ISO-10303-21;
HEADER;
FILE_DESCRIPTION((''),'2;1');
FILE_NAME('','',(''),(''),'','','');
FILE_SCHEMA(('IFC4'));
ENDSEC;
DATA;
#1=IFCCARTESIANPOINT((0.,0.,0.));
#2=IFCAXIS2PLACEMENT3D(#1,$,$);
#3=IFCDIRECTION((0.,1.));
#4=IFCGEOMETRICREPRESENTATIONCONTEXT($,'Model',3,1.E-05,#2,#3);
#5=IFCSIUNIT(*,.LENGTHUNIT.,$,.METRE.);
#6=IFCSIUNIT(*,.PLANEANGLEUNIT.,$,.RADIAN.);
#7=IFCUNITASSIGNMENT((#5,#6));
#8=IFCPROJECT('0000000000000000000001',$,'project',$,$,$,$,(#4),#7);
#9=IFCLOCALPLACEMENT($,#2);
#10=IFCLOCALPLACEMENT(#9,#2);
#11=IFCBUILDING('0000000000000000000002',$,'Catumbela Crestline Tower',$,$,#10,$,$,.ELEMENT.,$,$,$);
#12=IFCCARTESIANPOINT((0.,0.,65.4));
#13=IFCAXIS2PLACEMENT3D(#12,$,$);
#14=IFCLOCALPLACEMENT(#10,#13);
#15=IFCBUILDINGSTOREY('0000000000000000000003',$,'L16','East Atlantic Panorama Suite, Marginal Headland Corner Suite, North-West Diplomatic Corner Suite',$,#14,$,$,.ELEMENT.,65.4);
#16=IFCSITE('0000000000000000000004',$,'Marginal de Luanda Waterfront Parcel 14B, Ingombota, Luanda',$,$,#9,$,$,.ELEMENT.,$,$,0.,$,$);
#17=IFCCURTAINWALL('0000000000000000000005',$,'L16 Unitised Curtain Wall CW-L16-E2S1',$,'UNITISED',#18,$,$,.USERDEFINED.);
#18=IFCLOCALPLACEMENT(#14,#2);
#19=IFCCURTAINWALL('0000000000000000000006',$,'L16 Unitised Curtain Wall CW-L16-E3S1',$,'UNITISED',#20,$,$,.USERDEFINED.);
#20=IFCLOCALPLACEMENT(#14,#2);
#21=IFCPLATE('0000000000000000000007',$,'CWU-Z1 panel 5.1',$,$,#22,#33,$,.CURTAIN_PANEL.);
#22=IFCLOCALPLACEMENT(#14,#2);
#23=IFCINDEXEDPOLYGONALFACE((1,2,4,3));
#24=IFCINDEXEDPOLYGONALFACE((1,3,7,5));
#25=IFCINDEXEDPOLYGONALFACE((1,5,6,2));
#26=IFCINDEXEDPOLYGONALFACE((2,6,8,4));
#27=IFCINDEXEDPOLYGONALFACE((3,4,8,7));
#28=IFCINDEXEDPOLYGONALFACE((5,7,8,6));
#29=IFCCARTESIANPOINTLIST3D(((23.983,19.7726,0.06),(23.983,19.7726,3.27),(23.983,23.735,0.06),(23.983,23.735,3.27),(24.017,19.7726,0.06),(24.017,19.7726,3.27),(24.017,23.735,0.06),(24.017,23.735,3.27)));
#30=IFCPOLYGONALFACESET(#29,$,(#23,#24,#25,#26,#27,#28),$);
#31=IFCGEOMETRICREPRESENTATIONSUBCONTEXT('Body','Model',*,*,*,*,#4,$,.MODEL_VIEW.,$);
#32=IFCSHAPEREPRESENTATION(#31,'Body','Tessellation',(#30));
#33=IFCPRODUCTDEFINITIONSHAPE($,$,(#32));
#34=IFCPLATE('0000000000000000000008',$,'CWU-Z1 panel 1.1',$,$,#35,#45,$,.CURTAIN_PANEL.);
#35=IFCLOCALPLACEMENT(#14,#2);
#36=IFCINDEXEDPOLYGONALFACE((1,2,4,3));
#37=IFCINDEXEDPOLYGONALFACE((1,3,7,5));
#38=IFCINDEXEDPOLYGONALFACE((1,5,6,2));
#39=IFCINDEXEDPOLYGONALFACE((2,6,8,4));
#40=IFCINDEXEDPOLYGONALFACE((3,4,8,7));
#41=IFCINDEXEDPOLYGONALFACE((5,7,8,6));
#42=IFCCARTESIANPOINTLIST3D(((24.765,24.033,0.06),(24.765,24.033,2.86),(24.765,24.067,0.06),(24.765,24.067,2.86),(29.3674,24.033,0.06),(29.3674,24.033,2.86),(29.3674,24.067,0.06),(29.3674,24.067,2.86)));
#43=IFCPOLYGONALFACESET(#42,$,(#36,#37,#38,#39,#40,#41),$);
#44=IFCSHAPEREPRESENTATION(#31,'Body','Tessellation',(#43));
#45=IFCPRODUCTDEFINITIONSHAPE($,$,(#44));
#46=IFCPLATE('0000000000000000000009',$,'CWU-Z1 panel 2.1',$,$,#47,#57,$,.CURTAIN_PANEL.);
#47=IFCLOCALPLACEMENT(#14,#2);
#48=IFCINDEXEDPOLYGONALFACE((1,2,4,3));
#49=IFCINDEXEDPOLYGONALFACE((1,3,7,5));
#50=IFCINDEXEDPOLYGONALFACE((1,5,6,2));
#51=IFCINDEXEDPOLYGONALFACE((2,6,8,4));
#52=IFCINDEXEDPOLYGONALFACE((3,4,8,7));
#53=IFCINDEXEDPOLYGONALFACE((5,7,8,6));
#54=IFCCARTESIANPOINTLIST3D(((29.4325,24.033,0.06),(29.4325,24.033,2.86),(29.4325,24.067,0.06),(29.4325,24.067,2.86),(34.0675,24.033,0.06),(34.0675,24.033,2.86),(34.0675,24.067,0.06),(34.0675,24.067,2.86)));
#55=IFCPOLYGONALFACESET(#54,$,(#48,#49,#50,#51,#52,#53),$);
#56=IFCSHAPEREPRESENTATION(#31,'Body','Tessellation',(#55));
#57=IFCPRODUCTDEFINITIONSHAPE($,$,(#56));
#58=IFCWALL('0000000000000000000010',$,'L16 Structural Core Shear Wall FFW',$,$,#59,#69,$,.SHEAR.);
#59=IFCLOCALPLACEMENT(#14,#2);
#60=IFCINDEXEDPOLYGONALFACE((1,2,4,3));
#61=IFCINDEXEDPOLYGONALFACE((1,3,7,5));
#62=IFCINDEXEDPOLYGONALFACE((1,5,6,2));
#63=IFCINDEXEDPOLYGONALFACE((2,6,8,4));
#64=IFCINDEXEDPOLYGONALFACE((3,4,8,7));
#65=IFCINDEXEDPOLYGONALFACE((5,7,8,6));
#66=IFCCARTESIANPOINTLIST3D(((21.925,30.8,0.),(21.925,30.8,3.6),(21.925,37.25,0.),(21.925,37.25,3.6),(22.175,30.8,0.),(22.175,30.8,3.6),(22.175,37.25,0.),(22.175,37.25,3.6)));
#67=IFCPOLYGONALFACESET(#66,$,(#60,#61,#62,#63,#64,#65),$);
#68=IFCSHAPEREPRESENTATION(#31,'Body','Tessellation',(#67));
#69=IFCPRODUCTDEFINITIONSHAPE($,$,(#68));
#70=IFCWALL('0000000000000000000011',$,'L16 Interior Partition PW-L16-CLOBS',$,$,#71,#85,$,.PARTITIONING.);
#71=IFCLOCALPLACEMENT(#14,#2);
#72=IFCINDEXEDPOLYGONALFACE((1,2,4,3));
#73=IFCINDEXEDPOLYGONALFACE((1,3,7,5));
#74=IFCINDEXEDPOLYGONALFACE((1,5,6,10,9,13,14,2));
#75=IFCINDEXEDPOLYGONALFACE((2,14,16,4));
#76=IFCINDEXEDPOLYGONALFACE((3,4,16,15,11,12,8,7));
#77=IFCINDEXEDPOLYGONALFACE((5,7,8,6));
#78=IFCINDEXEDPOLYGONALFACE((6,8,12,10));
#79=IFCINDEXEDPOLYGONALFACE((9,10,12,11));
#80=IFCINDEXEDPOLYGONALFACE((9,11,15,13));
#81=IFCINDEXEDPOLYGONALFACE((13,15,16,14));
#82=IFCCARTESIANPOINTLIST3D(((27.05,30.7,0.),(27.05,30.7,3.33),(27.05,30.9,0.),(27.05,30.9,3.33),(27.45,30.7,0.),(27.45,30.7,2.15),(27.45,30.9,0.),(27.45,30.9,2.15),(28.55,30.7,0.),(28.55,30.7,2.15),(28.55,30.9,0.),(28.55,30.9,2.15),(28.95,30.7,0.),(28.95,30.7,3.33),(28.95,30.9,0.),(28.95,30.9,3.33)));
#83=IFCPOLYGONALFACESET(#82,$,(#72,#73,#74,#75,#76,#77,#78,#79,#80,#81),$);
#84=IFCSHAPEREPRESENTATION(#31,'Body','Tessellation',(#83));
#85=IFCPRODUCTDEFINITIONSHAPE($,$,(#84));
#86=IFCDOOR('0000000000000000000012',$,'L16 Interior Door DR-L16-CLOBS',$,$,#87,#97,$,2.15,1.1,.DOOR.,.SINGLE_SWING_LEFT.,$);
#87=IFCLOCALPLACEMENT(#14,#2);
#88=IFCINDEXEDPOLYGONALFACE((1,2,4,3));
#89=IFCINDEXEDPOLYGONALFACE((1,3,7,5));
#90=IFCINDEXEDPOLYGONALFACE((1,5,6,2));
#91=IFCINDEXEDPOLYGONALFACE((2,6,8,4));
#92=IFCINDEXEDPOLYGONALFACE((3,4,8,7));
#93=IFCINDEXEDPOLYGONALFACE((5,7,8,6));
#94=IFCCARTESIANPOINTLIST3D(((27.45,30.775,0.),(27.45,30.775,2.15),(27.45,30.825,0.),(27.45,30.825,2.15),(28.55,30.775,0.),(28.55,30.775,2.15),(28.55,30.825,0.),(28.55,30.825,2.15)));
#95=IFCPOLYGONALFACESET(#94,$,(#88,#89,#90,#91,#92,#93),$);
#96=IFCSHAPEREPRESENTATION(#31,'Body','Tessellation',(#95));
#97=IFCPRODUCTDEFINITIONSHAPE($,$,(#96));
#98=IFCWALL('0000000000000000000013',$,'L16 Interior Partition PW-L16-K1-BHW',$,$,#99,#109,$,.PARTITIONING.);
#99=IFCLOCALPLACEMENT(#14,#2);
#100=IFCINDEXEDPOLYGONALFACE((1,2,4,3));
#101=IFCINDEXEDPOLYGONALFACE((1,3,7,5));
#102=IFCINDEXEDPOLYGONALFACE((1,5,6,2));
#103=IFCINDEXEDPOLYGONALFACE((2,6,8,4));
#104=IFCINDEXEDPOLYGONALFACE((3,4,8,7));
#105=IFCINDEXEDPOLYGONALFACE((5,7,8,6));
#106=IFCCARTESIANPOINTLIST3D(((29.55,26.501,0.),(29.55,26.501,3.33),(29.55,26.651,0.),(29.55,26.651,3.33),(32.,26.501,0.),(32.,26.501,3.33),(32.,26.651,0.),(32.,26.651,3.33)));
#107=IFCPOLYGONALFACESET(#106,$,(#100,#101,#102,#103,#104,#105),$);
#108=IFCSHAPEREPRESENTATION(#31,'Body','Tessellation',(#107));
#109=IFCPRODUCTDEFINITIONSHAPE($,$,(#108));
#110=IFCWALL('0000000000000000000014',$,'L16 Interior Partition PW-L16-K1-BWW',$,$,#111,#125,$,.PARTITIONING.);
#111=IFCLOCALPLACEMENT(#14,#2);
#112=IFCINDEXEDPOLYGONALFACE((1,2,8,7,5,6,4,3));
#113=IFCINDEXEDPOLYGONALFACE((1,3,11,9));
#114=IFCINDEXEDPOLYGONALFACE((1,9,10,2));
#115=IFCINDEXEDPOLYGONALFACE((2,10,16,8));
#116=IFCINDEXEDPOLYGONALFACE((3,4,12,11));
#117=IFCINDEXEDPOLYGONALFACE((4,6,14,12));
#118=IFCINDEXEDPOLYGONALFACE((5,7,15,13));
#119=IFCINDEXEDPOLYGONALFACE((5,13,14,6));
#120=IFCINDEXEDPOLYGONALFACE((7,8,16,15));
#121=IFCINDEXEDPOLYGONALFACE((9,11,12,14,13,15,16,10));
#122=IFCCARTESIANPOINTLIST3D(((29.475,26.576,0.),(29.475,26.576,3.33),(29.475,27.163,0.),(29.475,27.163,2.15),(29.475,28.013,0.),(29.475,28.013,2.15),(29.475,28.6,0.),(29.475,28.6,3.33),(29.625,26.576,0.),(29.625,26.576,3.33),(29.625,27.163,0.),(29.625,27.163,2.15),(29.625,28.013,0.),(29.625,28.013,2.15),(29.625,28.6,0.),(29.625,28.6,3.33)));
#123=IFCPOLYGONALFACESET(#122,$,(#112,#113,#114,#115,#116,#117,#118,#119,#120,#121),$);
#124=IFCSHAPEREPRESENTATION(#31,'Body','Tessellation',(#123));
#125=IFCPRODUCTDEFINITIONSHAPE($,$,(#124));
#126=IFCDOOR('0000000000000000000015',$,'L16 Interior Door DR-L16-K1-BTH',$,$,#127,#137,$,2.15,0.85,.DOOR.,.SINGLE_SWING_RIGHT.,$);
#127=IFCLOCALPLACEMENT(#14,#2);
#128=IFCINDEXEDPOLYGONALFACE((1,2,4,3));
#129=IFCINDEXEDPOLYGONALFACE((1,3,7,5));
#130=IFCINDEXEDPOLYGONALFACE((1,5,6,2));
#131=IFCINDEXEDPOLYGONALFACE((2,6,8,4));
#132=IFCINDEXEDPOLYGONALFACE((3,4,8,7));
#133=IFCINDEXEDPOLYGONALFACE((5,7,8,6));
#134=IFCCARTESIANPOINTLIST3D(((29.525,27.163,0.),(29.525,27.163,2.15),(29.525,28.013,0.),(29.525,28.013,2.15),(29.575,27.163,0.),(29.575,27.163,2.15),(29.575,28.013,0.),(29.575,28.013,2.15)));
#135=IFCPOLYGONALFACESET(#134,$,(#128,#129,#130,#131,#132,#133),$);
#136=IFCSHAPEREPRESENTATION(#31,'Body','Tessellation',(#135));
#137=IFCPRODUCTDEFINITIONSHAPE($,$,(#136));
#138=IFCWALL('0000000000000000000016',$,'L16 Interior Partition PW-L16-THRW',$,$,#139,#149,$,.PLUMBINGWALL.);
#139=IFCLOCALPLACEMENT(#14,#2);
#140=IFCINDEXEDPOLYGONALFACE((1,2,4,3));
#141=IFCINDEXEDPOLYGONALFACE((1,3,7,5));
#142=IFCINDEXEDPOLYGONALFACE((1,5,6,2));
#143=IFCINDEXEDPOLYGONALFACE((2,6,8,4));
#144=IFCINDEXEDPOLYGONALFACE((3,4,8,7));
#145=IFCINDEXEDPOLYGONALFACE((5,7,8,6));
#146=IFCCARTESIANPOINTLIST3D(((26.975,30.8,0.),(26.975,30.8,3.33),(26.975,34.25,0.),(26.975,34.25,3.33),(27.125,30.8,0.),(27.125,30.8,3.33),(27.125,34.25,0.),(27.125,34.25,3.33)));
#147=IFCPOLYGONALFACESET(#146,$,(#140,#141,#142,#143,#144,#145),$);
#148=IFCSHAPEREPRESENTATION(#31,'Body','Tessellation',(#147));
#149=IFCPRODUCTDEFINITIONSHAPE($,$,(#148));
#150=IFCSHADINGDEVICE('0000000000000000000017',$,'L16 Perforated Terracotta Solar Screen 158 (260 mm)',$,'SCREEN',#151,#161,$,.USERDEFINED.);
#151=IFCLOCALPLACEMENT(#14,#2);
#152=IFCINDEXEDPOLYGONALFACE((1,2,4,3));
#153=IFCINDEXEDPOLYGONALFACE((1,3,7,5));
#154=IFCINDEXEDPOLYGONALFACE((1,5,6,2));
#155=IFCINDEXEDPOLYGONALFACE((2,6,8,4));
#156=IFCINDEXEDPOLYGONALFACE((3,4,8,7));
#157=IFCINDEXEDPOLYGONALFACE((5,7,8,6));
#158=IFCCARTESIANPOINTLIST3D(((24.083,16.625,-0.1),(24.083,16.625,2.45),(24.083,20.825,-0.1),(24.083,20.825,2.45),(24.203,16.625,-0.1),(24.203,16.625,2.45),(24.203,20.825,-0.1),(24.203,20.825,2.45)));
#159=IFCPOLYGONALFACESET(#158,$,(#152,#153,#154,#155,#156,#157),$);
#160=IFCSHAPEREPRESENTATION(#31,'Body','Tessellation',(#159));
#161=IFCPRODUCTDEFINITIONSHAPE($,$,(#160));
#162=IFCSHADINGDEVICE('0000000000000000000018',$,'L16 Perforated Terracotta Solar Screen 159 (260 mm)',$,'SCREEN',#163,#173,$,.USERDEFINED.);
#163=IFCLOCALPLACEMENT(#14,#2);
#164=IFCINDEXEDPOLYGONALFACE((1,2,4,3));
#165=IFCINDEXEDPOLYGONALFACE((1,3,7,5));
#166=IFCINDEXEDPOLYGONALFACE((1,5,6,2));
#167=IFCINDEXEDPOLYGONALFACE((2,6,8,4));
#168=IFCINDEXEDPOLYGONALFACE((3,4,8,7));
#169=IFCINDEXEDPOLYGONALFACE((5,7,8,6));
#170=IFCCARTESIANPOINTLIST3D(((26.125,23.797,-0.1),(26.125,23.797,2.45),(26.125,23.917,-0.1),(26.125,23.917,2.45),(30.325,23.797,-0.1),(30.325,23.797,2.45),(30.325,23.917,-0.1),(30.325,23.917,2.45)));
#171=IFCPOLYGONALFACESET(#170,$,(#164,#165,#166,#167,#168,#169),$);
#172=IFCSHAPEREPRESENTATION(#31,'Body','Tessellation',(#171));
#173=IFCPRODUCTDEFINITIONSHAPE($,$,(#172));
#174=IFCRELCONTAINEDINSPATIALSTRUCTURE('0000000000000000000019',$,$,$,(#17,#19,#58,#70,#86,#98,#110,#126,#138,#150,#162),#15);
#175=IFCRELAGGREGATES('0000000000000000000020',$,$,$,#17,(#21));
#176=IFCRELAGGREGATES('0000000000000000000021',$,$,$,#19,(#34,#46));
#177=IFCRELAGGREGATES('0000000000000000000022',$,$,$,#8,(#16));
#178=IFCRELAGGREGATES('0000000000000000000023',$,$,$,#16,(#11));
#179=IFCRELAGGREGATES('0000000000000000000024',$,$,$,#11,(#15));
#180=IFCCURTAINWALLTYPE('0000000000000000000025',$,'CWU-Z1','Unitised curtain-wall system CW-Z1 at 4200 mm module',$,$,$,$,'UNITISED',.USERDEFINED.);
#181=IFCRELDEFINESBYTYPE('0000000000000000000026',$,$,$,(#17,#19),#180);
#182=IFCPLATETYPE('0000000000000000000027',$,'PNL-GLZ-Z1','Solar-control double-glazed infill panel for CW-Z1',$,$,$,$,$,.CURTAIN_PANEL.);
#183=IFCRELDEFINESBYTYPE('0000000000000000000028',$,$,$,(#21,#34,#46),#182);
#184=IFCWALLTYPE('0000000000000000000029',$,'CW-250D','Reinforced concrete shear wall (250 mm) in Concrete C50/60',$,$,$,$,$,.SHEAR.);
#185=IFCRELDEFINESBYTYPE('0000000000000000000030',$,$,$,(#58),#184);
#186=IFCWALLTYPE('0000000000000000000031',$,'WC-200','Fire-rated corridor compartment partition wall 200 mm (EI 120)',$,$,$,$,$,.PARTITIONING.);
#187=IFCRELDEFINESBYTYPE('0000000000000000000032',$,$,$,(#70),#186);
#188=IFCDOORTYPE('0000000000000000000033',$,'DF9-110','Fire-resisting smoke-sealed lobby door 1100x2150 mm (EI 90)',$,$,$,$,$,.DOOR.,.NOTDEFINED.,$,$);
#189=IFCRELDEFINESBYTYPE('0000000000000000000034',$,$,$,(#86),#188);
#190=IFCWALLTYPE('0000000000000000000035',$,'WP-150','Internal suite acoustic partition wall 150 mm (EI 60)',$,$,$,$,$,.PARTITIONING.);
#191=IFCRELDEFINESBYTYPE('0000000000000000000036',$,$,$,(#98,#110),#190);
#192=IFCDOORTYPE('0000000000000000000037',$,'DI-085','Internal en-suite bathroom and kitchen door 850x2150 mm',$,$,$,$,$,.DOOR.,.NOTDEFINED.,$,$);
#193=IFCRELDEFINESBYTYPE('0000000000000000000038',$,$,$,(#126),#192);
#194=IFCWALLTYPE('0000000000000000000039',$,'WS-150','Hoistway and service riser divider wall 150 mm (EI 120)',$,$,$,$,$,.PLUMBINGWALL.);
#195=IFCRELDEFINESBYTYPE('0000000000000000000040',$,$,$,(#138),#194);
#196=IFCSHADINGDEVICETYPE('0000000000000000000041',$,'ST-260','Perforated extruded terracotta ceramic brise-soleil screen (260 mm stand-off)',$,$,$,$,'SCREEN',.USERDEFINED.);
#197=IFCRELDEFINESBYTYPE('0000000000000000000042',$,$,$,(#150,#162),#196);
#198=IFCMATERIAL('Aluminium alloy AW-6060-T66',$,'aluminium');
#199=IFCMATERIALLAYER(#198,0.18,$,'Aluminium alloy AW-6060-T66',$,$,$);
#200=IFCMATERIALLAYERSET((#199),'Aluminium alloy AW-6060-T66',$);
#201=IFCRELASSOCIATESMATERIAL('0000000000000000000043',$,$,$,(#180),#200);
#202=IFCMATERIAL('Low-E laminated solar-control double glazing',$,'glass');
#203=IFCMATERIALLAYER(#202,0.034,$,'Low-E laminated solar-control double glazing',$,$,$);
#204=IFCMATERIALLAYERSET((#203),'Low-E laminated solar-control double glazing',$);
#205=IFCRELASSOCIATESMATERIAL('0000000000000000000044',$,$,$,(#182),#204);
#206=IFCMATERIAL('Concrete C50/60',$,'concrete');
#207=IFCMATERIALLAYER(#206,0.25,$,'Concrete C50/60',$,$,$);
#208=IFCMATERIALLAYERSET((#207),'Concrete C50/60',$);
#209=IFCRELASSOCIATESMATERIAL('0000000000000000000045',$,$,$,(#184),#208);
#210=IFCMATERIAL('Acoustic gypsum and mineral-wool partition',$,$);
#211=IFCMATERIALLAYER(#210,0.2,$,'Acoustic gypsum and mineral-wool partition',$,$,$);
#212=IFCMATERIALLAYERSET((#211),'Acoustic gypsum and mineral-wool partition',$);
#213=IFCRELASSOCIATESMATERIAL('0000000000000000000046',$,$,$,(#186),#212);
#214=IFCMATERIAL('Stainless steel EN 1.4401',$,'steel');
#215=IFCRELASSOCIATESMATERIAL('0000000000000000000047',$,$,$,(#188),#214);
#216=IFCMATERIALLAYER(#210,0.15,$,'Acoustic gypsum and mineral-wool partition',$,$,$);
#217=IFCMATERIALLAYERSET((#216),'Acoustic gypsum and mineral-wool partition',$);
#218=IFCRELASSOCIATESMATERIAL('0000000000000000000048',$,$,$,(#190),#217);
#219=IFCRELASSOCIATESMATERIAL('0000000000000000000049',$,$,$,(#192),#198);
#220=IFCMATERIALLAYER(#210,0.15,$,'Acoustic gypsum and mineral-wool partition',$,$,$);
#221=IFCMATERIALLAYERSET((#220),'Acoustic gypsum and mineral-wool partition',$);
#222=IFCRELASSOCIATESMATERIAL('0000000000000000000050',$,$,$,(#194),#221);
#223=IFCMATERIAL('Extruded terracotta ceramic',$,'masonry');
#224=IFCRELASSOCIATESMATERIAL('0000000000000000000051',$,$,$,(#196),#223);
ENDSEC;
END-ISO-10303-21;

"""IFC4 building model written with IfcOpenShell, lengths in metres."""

from ifc_helpers import new_model, si_unit, direction, frame, frame_2d, origin, origin_2d, place, context, subcontext, project, spatial, rectangle, extrude, material, layer, layer_set, type_object, element, fill, aggregate, save


model = new_model("IFC4")

# Units and contexts
model_context = context("Model", 3, precision=1e-05, world=origin(), true_north=direction((0.0, 1.0)))
body_context = subcontext(model_context, "Body", "Model", "MODEL_VIEW")
ifc_project = project(units=[si_unit("LENGTHUNIT", "METRE"), si_unit("PLANEANGLEUNIT", "RADIAN")], contexts=[model_context])

# Site, building, storey
site_placement = place(None, origin())
site = spatial("IfcSite", under=ifc_project, at=site_placement, Name="Marginal de Luanda Waterfront Parcel 14B, Ingombota, Luanda", CompositionType="ELEMENT", RefElevation=0.0)
building_placement = place(site_placement, origin())
building = spatial("IfcBuilding", under=site, at=building_placement, Name="Catumbela Crestline Tower", CompositionType="ELEMENT")
storey_placement = place(building_placement, frame((0.0, 0.0, 65.4)))
storey = spatial("IfcBuildingStorey", under=building, at=storey_placement, Name="L16", Description="East Atlantic Panorama Suite, Marginal Headland Corner Suite, North-West Diplomatic Corner Suite", CompositionType="ELEMENT", Elevation=65.4)

# Curtain walls
ifc_material_1 = material(Name="Aluminium alloy AW-6060-T66", Category="aluminium")
ifc_layer_1 = layer(ifc_material_1, 0.18, Name="Aluminium alloy AW-6060-T66")
ifc_layer_set_1 = layer_set([ifc_layer_1], Name="Aluminium alloy AW-6060-T66")
curtain_wall_type = type_object("IfcCurtainWallType", Name="CWU-Z1", Description="Unitised curtain-wall system CW-Z1 at 4200 mm module", ElementType="UNITISED", PredefinedType="USERDEFINED", material=ifc_layer_set_1)
curtain_wall_1_placement = place(storey_placement, origin())
curtain_wall_1 = element("IfcCurtainWall", 1, at=curtain_wall_1_placement, inside=storey, type_object=curtain_wall_type, Name="L16 Unitised Curtain Wall CW-L16-E2S1", ObjectType="UNITISED", PredefinedType="USERDEFINED")
curtain_wall_2_placement = place(storey_placement, origin())
curtain_wall_2 = element("IfcCurtainWall", 2, at=curtain_wall_2_placement, inside=storey, type_object=curtain_wall_type, Name="L16 Unitised Curtain Wall CW-L16-E3S1", ObjectType="UNITISED", PredefinedType="USERDEFINED")

# Plates
ifc_material_2 = material(Name="Low-E laminated solar-control double glazing", Category="glass")
ifc_layer_2 = layer(ifc_material_2, 0.034, Name="Low-E laminated solar-control double glazing")
ifc_layer_set_2 = layer_set([ifc_layer_2], Name="Low-E laminated solar-control double glazing")
plate_type = type_object("IfcPlateType", Name="PNL-GLZ-Z1", Description="Solar-control double-glazed infill panel for CW-Z1", PredefinedType="CURTAIN_PANEL", material=ifc_layer_set_2)
plate_1_placement = place(storey_placement, frame((24.0, 21.7538, 0.06), z_axis=(0.0, 0.0, 1.0), x_axis=(0.0, 1.0, 0.0)))
plate_1 = element("IfcPlate", 3, at=plate_1_placement, type_object=plate_type, Name="CWU-Z1 panel 5.1", PredefinedType="CURTAIN_PANEL", context=body_context, shape_type="SweptSolid", body=[
    extrude(rectangle(XDim=3.9625, YDim=0.034, at=origin_2d()), origin(), (0.0, 0.0, 1.0), 3.21),
])
aggregate(curtain_wall_1, [plate_1])
plate_2_placement = place(storey_placement, frame((27.0662, 24.05, 0.06), z_axis=(0.0, 0.0, 1.0), x_axis=(1.0, 0.0, 0.0)))
plate_2 = element("IfcPlate", 4, at=plate_2_placement, type_object=plate_type, Name="CWU-Z1 panel 1.1", PredefinedType="CURTAIN_PANEL", context=body_context, shape_type="SweptSolid", body=[
    extrude(rectangle(XDim=4.6025, YDim=0.034, at=origin_2d()), origin(), (0.0, 0.0, 1.0), 2.8),
])
plate_3_placement = place(storey_placement, frame((31.75, 24.05, 0.06), z_axis=(0.0, 0.0, 1.0), x_axis=(1.0, 0.0, 0.0)))
plate_3 = element("IfcPlate", 5, at=plate_3_placement, type_object=plate_type, Name="CWU-Z1 panel 2.1", PredefinedType="CURTAIN_PANEL", context=body_context, shape_type="SweptSolid", body=[
    extrude(rectangle(XDim=4.635, YDim=0.034, at=origin_2d()), origin(), (0.0, 0.0, 1.0), 2.8),
])
aggregate(curtain_wall_2, [plate_2, plate_3])

# Wall
ifc_material_3 = material(Name="Concrete C50/60", Category="concrete")
ifc_layer_3 = layer(ifc_material_3, 0.25, Name="Concrete C50/60")
ifc_layer_set_3 = layer_set([ifc_layer_3], Name="Concrete C50/60")
wall_type_1 = type_object("IfcWallType", Name="CW-250D", Description="Reinforced concrete shear wall (250 mm) in Concrete C50/60", PredefinedType="SHEAR", material=ifc_layer_set_3)
wall_1_placement = place(storey_placement, frame((22.05, 30.8, 0.0), z_axis=(0.0, 0.0, 1.0), x_axis=(0.0, 1.0, 0.0)))
element("IfcWall", 6, at=wall_1_placement, inside=storey, type_object=wall_type_1, Name="L16 Structural Core Shear Wall FFW", PredefinedType="SHEAR", context=body_context, shape_type="SweptSolid", body=[
    extrude(rectangle(XDim=6.45, YDim=0.25, at=frame_2d((3.225, 0.0))), origin(), (0.0, 0.0, 1.0), 3.6),
])

# Wall, opening, door
ifc_material_4 = material(Name="Acoustic gypsum and mineral-wool partition")
ifc_layer_4 = layer(ifc_material_4, 0.2, Name="Acoustic gypsum and mineral-wool partition")
ifc_layer_set_4 = layer_set([ifc_layer_4], Name="Acoustic gypsum and mineral-wool partition")
wall_type_2 = type_object("IfcWallType", Name="WC-200", Description="Fire-rated corridor compartment partition wall 200 mm (EI 120)", PredefinedType="PARTITIONING", material=ifc_layer_set_4)
wall_2_placement = place(storey_placement, frame((27.05, 30.8, 0.0), z_axis=(0.0, 0.0, 1.0), x_axis=(1.0, 0.0, 0.0)))
wall_2 = element("IfcWall", 7, at=wall_2_placement, inside=storey, type_object=wall_type_2, Name="L16 Interior Partition PW-L16-CLOBS", PredefinedType="PARTITIONING", context=body_context, shape_type="SweptSolid", body=[
    extrude(rectangle(XDim=1.9, YDim=0.2, at=frame_2d((0.95, 0.0))), origin(), (0.0, 0.0, 1.0), 3.33),
])
opening_1_placement = place(wall_2_placement, frame((0.4, 0.0, 0.0)))
opening_1 = element("IfcOpeningElement", 8, at=opening_1_placement, cuts=wall_2, PredefinedType="OPENING", context=body_context, shape_type="SweptSolid", body=[
    extrude(rectangle(XDim=1.1, YDim=2.15, at=frame_2d((0.55, 1.075))), frame((0.0, 0.11, 0.0), z_axis=(0.0, -1.0, 0.0), x_axis=(1.0, 0.0, 0.0)), (0.0, 0.0, 1.0), 0.22),
])
ifc_material_5 = material(Name="Stainless steel EN 1.4401", Category="steel")
door_type_1 = type_object("IfcDoorType", Name="DF9-110", Description="Fire-resisting smoke-sealed lobby door 1100x2150 mm (EI 90)", OperationType="NOTDEFINED", PredefinedType="DOOR", material=ifc_material_5)
door_1_placement = place(opening_1_placement, origin())
door_1 = element("IfcDoor", 9, at=door_1_placement, inside=storey, type_object=door_type_1, Name="L16 Interior Door DR-L16-CLOBS", OperationType="SINGLE_SWING_LEFT", OverallHeight=2.15, OverallWidth=1.1, PredefinedType="DOOR", context=body_context, shape_type="SweptSolid", body=[
    extrude(rectangle(XDim=1.1, YDim=2.15, at=frame_2d((0.55, 1.075))), frame((0.0, 0.025, 0.0), z_axis=(0.0, -1.0, 0.0), x_axis=(1.0, 0.0, 0.0)), (0.0, 0.0, 1.0), 0.05),
])
fill(opening_1, door_1)

# Wall
ifc_layer_5 = layer(ifc_material_4, 0.15, Name="Acoustic gypsum and mineral-wool partition")
ifc_layer_set_5 = layer_set([ifc_layer_5], Name="Acoustic gypsum and mineral-wool partition")
wall_type_3 = type_object("IfcWallType", Name="WP-150", Description="Internal suite acoustic partition wall 150 mm (EI 60)", PredefinedType="PARTITIONING", material=ifc_layer_set_5)
wall_3_placement = place(storey_placement, frame((29.55, 26.576, 0.0), z_axis=(0.0, 0.0, 1.0), x_axis=(1.0, 0.0, 0.0)))
element("IfcWall", 10, at=wall_3_placement, inside=storey, type_object=wall_type_3, Name="L16 Interior Partition PW-L16-K1-BHW", PredefinedType="PARTITIONING", context=body_context, shape_type="SweptSolid", body=[
    extrude(rectangle(XDim=2.45, YDim=0.15, at=frame_2d((1.225, 0.0))), origin(), (0.0, 0.0, 1.0), 3.33),
])

# Wall, opening, door
wall_4_placement = place(storey_placement, frame((29.55, 26.576, 0.0), z_axis=(0.0, 0.0, 1.0), x_axis=(0.0, 1.0, 0.0)))
wall_4 = element("IfcWall", 11, at=wall_4_placement, inside=storey, type_object=wall_type_3, Name="L16 Interior Partition PW-L16-K1-BWW", PredefinedType="PARTITIONING", context=body_context, shape_type="SweptSolid", body=[
    extrude(rectangle(XDim=2.024, YDim=0.15, at=frame_2d((1.012, 0.0))), origin(), (0.0, 0.0, 1.0), 3.33),
])
opening_2_placement = place(wall_4_placement, frame((0.587, 0.0, 0.0)))
opening_2 = element("IfcOpeningElement", 12, at=opening_2_placement, cuts=wall_4, PredefinedType="OPENING", context=body_context, shape_type="SweptSolid", body=[
    extrude(rectangle(XDim=0.85, YDim=2.15, at=frame_2d((0.425, 1.075))), frame((0.0, 0.085, 0.0), z_axis=(0.0, -1.0, 0.0), x_axis=(1.0, 0.0, 0.0)), (0.0, 0.0, 1.0), 0.17),
])
door_type_2 = type_object("IfcDoorType", Name="DI-085", Description="Internal en-suite bathroom and kitchen door 850x2150 mm", OperationType="NOTDEFINED", PredefinedType="DOOR", material=ifc_material_1)
door_2_placement = place(opening_2_placement, origin())
door_2 = element("IfcDoor", 13, at=door_2_placement, inside=storey, type_object=door_type_2, Name="L16 Interior Door DR-L16-K1-BTH", OperationType="SINGLE_SWING_RIGHT", OverallHeight=2.15, OverallWidth=0.85, PredefinedType="DOOR", context=body_context, shape_type="SweptSolid", body=[
    extrude(rectangle(XDim=0.85, YDim=2.15, at=frame_2d((0.425, 1.075))), frame((0.0, 0.025, 0.0), z_axis=(0.0, -1.0, 0.0), x_axis=(1.0, 0.0, 0.0)), (0.0, 0.0, 1.0), 0.05),
])
fill(opening_2, door_2)

# Wall
ifc_layer_6 = layer(ifc_material_4, 0.15, Name="Acoustic gypsum and mineral-wool partition")
ifc_layer_set_6 = layer_set([ifc_layer_6], Name="Acoustic gypsum and mineral-wool partition")
wall_type_4 = type_object("IfcWallType", Name="WS-150", Description="Hoistway and service riser divider wall 150 mm (EI 120)", PredefinedType="PLUMBINGWALL", material=ifc_layer_set_6)
wall_5_placement = place(storey_placement, frame((27.05, 30.8, 0.0), z_axis=(0.0, 0.0, 1.0), x_axis=(0.0, 1.0, 0.0)))
element("IfcWall", 14, at=wall_5_placement, inside=storey, type_object=wall_type_4, Name="L16 Interior Partition PW-L16-THRW", PredefinedType="PLUMBINGWALL", context=body_context, shape_type="SweptSolid", body=[
    extrude(rectangle(XDim=3.45, YDim=0.15, at=frame_2d((1.725, 0.0))), origin(), (0.0, 0.0, 1.0), 3.33),
])

# Shading devices
ifc_material_6 = material(Name="Extruded terracotta ceramic", Category="masonry")
shading_device_type = type_object("IfcShadingDeviceType", Name="ST-260", Description="Perforated extruded terracotta ceramic brise-soleil screen (260 mm stand-off)", ElementType="SCREEN", PredefinedType="USERDEFINED", material=ifc_material_6)
for number, where, z_axis, x_axis, name in (
    (15, (24.143, 18.725, -0.1), (0.0, 0.0, 1.0), (0.0, 1.0, 0.0), "L16 Perforated Terracotta Solar Screen 158 (260 mm)"),
    (16, (28.225, 23.857, -0.1), (0.0, 0.0, 1.0), (1.0, 0.0, 0.0), "L16 Perforated Terracotta Solar Screen 159 (260 mm)"),
):
    element("IfcShadingDevice", number, at=place(storey_placement, frame(where, z_axis=z_axis, x_axis=x_axis)), inside=storey, type_object=shading_device_type, Name=name, ObjectType="SCREEN", PredefinedType="USERDEFINED", context=body_context, shape_type="SweptSolid", body=[
        extrude(rectangle(XDim=4.2, YDim=0.12, at=origin_2d()), origin(), (0.0, 0.0, 1.0), 2.55),
    ])

save(model, "model.ifc")
